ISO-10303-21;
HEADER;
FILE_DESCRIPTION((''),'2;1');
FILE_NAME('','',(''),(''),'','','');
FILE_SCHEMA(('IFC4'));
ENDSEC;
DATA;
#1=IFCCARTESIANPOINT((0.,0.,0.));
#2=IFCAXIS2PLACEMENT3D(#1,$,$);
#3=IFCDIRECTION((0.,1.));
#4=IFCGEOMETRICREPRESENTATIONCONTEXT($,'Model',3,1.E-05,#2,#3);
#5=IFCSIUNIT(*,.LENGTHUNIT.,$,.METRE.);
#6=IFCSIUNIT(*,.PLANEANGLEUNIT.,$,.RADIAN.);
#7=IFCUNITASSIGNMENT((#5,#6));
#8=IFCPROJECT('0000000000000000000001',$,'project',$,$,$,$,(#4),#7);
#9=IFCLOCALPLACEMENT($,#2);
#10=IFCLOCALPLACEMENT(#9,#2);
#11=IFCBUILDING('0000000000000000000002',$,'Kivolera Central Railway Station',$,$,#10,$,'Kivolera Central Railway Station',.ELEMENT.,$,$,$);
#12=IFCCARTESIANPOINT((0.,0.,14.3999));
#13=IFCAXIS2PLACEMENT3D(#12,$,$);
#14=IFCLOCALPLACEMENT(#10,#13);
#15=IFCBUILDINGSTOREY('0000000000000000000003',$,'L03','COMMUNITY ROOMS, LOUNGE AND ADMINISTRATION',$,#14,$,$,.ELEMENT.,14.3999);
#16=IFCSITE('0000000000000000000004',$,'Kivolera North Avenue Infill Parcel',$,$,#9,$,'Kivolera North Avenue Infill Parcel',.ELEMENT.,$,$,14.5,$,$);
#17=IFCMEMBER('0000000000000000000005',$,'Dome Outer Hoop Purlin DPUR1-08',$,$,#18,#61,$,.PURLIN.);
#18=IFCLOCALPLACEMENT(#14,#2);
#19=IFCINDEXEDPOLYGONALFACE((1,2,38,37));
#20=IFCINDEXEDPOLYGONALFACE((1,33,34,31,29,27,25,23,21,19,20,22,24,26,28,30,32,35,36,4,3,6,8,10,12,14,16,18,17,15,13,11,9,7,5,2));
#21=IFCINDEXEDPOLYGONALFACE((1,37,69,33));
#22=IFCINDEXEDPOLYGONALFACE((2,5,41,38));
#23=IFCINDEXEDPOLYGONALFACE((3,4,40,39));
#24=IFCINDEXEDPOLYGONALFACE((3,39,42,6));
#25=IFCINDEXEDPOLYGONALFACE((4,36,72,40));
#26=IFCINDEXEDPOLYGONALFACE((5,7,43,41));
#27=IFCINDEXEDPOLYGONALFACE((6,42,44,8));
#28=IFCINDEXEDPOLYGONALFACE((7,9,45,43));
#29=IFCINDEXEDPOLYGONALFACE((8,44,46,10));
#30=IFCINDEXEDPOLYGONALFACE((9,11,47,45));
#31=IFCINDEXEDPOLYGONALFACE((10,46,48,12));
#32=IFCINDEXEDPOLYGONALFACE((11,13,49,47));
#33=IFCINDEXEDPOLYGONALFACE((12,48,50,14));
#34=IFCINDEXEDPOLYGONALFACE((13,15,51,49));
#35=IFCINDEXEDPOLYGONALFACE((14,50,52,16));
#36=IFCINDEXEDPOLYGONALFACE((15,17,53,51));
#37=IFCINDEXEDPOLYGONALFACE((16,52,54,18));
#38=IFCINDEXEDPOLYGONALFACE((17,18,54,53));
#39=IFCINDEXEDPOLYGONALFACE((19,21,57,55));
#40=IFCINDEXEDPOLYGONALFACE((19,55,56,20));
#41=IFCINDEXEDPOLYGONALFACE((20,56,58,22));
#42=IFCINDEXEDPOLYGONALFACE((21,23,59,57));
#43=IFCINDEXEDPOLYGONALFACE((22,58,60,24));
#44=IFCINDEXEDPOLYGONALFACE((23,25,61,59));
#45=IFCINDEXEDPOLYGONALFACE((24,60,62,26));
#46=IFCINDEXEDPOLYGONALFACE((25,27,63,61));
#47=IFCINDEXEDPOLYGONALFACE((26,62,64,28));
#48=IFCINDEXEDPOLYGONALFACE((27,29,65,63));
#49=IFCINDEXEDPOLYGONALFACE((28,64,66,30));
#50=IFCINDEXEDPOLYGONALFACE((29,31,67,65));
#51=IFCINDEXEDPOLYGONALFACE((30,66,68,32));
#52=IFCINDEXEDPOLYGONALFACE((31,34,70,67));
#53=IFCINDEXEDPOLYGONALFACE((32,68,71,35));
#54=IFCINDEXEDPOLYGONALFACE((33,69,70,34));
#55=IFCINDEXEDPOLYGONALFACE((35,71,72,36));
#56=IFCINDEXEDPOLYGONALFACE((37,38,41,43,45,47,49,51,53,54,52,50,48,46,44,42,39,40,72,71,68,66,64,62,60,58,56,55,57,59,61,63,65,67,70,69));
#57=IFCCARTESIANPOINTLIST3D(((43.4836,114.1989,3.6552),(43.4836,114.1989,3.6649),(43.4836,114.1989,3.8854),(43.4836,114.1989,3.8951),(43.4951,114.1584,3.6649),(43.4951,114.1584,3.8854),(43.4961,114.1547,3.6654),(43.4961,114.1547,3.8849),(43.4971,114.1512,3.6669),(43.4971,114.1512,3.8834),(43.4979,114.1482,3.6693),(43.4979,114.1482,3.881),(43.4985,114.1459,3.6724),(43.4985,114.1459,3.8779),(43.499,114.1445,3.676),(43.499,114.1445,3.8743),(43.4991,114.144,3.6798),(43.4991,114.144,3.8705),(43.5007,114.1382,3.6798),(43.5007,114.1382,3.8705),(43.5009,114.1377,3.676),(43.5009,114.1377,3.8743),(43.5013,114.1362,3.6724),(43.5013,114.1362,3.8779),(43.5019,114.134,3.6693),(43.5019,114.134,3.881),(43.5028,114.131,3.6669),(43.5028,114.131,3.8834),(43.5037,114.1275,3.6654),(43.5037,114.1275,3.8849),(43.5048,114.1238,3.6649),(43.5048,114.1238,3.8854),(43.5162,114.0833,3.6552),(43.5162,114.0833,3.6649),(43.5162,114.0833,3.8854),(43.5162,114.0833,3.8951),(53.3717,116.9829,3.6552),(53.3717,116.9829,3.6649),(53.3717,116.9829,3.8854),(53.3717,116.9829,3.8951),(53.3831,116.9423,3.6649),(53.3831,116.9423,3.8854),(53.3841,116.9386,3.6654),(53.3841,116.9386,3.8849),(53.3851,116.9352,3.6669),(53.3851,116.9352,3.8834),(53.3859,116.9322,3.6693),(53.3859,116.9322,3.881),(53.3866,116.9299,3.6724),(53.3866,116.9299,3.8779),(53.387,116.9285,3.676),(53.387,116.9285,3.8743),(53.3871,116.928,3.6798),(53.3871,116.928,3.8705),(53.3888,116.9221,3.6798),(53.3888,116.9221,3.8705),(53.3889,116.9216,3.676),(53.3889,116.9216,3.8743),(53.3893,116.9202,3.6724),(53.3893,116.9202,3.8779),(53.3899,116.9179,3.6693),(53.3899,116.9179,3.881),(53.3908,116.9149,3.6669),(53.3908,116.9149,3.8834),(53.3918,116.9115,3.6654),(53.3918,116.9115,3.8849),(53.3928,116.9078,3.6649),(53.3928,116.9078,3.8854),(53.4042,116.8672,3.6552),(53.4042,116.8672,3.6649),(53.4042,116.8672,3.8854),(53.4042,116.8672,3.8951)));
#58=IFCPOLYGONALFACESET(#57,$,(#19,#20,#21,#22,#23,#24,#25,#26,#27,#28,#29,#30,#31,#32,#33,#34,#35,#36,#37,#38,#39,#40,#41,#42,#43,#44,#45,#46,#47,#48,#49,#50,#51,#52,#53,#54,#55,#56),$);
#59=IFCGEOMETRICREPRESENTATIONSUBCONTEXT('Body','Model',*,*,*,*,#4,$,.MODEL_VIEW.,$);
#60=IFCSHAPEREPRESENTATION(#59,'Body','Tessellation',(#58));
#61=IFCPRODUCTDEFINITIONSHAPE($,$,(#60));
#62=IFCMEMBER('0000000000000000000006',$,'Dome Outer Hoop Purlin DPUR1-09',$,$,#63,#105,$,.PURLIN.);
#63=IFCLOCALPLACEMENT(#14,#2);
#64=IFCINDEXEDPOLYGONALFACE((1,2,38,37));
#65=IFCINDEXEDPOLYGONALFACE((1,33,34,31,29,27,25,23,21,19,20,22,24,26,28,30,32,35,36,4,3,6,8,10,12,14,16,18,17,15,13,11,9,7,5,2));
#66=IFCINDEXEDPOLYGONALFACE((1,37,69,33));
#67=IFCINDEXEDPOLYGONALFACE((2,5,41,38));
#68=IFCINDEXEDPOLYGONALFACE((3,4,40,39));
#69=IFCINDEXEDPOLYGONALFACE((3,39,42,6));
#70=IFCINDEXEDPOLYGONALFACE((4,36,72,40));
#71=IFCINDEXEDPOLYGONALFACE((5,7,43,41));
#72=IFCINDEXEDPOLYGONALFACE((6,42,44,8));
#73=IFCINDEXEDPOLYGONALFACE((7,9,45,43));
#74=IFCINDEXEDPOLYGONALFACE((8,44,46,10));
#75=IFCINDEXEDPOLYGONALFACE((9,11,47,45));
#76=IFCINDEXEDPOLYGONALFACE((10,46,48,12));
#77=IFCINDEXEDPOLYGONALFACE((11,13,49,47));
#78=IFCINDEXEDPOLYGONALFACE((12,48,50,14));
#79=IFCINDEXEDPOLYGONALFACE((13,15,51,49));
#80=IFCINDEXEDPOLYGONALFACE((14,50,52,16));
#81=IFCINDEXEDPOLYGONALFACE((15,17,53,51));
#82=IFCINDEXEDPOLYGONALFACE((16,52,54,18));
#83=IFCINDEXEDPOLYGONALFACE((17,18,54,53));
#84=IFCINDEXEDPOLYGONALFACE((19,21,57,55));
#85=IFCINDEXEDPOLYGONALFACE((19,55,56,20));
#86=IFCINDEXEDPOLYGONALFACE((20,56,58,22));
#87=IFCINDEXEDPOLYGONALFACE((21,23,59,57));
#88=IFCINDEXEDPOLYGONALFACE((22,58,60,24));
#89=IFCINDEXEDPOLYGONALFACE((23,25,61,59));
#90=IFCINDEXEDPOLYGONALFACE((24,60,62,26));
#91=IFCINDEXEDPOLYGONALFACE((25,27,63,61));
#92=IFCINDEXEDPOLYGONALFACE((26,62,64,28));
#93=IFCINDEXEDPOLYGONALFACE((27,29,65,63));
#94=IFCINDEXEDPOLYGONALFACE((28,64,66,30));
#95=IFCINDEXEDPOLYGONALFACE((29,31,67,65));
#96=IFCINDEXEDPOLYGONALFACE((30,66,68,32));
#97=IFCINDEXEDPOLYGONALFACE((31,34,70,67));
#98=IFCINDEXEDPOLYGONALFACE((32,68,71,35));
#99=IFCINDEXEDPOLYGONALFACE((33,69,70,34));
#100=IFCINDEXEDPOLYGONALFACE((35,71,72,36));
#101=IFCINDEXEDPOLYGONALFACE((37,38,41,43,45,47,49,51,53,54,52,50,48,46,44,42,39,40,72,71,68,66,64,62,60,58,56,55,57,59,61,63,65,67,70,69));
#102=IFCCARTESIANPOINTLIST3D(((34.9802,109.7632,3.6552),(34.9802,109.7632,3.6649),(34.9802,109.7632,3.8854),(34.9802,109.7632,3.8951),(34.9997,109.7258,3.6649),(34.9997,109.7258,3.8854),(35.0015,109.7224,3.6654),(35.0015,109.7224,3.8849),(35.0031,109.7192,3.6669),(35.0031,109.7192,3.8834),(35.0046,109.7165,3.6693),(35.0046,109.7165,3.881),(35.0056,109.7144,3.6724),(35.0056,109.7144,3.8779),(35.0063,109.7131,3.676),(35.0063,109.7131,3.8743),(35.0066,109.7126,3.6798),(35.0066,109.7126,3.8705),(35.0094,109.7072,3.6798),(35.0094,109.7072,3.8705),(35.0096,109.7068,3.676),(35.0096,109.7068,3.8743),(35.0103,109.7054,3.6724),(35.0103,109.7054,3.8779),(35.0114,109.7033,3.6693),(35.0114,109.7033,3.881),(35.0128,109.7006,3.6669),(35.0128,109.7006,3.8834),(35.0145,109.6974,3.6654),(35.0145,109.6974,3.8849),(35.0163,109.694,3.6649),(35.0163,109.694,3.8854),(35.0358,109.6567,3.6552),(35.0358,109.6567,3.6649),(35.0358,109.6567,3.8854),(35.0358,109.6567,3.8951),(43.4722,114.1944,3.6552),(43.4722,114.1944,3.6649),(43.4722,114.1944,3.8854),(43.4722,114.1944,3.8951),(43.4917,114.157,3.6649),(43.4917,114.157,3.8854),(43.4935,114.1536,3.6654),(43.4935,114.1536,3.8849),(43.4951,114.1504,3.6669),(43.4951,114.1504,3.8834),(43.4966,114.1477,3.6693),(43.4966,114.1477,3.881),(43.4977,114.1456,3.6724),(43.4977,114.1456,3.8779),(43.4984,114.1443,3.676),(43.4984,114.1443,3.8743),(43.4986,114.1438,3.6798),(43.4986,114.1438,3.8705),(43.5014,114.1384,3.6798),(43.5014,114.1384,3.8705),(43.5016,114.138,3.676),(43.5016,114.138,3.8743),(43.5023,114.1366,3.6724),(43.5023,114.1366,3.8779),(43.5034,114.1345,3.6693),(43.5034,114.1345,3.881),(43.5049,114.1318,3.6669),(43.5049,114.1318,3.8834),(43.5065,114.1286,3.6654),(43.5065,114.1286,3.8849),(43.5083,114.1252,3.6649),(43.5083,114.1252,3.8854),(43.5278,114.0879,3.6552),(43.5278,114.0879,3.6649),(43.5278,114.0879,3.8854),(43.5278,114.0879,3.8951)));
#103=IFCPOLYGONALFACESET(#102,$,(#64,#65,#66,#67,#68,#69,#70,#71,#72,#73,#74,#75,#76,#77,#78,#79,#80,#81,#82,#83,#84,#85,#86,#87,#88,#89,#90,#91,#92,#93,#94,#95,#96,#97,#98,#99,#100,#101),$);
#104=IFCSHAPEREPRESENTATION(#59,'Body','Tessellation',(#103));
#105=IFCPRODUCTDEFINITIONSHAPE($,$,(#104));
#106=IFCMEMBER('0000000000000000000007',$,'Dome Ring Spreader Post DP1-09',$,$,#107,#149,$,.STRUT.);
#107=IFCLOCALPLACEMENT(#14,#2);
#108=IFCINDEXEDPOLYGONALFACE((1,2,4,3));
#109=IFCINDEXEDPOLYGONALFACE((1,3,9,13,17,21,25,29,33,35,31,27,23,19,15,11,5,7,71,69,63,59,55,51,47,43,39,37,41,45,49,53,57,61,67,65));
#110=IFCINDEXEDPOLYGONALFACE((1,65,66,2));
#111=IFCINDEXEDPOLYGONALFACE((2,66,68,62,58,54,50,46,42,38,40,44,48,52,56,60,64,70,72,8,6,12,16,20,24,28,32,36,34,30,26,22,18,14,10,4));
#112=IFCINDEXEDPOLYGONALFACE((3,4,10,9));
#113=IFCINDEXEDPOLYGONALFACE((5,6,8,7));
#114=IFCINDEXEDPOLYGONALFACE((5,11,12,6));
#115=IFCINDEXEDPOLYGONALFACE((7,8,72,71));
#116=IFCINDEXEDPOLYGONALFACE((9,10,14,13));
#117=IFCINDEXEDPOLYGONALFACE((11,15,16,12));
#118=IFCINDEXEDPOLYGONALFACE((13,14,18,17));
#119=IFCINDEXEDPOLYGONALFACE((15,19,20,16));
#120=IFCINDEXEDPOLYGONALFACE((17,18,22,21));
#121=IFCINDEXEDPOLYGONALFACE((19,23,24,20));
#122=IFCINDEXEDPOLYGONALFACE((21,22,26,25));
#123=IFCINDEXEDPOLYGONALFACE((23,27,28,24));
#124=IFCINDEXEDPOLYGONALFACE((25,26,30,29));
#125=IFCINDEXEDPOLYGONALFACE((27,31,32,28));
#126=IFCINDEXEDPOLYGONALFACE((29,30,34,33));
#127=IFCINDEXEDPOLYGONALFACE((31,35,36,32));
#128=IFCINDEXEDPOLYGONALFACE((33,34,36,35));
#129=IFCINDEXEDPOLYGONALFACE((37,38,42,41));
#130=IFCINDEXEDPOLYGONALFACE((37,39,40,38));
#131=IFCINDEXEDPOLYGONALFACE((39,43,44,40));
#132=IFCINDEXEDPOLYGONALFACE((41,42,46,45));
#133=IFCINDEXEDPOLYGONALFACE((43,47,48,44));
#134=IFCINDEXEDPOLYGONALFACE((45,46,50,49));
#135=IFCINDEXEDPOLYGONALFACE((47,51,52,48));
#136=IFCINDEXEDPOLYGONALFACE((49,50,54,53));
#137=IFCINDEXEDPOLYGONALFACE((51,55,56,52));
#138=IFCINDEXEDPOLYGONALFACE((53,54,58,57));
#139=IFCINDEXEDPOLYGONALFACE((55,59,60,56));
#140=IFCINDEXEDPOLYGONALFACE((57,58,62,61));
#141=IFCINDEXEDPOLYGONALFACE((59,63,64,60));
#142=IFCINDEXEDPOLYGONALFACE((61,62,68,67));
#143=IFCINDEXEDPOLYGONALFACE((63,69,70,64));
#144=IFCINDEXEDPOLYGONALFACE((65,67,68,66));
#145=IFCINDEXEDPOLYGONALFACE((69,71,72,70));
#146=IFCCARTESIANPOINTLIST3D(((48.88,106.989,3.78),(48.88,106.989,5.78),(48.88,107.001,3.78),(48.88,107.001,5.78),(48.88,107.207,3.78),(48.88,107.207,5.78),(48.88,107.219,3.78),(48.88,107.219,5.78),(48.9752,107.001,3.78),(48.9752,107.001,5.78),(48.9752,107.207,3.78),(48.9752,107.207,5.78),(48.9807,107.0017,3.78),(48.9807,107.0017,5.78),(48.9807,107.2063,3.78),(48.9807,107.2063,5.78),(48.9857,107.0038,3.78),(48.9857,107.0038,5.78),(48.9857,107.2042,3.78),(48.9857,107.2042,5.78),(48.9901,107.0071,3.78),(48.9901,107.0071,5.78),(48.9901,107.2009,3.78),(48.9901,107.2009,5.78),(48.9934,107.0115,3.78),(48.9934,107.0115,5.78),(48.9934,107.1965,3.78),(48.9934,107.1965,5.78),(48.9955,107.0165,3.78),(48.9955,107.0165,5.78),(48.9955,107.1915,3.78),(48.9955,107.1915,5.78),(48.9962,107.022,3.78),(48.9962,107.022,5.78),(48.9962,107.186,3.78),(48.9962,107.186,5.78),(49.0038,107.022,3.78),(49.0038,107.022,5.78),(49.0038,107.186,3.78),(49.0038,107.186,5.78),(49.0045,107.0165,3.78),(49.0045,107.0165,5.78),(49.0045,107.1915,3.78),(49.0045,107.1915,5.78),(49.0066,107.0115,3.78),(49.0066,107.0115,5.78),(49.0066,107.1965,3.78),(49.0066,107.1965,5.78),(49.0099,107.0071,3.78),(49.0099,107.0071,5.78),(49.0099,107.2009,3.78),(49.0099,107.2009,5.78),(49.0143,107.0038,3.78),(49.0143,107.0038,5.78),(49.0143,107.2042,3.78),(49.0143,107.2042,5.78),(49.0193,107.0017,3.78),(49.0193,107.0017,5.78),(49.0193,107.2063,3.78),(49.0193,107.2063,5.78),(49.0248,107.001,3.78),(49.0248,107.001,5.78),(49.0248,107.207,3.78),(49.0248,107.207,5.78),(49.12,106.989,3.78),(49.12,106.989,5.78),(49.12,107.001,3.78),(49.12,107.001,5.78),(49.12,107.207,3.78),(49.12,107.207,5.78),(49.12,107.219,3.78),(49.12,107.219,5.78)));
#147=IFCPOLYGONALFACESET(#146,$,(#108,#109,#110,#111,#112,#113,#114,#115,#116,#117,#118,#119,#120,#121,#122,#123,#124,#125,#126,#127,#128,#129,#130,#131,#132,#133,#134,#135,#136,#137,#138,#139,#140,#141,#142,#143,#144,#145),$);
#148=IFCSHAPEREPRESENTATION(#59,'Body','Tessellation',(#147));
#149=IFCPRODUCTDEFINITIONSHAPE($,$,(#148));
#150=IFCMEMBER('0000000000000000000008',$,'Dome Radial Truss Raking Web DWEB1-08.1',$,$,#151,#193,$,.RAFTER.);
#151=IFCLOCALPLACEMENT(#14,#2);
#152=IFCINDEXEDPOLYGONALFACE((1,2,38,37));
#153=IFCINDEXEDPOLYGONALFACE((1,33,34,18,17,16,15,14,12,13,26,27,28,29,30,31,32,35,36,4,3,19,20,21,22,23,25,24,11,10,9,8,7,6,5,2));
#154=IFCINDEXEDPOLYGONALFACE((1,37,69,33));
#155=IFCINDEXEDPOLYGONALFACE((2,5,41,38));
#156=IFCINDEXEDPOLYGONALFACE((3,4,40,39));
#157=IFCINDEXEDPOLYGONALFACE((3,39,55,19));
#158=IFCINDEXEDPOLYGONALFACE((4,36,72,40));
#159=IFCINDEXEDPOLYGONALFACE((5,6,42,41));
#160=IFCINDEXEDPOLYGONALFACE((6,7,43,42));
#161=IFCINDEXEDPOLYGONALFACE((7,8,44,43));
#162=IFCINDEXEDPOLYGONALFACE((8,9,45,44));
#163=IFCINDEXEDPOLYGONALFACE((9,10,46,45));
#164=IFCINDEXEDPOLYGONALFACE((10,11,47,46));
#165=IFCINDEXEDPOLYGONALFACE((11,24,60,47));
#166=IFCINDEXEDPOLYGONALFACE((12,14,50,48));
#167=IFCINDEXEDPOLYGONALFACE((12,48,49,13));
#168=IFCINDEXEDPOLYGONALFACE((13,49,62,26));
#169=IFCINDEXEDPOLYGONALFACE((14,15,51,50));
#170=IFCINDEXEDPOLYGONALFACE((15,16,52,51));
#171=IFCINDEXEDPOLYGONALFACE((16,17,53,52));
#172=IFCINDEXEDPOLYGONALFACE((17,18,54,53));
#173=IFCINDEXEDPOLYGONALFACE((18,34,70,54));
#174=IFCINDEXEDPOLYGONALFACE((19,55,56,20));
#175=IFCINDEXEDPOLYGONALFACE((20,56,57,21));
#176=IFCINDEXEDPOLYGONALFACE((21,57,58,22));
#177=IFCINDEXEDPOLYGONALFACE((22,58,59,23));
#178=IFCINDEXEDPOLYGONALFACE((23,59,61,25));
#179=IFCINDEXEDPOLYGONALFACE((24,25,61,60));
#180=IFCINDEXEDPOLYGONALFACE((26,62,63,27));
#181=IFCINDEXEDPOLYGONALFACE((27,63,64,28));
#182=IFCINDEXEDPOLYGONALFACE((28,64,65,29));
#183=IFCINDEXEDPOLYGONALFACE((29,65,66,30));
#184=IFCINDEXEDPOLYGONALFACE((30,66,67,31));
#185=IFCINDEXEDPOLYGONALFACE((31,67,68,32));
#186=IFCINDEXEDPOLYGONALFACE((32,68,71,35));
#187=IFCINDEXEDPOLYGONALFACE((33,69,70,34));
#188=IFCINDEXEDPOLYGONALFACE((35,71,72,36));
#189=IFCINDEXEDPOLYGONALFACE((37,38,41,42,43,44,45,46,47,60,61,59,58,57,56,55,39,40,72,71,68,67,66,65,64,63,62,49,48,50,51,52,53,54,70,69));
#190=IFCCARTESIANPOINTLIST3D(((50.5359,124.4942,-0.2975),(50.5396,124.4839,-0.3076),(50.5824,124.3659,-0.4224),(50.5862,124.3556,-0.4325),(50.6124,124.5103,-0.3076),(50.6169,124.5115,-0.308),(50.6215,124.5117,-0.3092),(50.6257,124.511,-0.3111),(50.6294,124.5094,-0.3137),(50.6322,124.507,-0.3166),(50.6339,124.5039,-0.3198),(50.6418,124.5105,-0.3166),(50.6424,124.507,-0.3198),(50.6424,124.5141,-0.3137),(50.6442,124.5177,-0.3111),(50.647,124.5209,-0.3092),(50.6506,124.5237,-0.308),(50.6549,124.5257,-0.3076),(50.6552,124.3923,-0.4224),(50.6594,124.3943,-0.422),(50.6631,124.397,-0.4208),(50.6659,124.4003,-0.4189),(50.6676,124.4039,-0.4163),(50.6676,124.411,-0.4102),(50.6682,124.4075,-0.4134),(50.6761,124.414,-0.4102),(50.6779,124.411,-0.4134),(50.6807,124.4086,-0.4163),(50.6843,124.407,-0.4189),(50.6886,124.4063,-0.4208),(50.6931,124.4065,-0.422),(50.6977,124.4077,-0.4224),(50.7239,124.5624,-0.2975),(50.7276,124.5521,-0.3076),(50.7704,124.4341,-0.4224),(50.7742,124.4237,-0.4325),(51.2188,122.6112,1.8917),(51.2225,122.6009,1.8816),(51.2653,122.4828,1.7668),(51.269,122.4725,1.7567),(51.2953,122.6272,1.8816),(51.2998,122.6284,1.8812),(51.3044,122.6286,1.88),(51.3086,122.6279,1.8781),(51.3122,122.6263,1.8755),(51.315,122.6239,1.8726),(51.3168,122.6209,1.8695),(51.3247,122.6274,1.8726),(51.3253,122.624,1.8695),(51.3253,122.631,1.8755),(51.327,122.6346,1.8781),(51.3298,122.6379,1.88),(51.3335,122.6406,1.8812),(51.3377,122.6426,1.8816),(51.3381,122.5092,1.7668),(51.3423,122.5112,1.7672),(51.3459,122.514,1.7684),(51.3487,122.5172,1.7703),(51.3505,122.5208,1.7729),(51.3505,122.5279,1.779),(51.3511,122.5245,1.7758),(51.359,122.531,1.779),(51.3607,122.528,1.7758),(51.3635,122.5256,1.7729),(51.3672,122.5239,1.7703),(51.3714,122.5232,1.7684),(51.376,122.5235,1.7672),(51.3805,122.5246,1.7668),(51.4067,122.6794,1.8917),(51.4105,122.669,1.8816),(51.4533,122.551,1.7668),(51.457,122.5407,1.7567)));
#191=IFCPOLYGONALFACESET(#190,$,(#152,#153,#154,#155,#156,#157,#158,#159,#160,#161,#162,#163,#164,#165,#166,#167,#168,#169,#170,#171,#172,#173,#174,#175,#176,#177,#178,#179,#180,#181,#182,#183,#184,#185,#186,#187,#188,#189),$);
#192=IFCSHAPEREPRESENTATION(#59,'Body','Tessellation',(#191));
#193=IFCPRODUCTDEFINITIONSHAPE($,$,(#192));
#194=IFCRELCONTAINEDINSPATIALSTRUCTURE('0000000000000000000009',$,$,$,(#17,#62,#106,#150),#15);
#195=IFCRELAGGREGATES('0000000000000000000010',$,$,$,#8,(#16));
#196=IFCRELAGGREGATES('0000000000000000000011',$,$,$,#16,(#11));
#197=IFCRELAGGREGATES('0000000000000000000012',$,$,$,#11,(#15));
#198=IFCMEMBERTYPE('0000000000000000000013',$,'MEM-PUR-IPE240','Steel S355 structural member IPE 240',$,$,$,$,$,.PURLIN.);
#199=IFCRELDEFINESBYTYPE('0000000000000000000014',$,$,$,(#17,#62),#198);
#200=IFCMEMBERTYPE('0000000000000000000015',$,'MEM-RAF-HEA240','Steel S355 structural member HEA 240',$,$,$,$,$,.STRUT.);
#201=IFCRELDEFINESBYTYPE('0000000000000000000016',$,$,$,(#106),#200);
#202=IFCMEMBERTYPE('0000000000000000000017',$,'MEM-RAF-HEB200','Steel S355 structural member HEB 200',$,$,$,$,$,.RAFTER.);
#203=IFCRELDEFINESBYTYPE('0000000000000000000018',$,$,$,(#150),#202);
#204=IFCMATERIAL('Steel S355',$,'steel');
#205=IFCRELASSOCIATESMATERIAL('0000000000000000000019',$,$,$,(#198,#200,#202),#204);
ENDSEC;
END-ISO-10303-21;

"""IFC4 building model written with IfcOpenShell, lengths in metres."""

from ifc_helpers import new_model, si_unit, direction, frame, origin, origin_2d, place, context, subcontext, project, spatial, i_section, extrude, material, material_profile, profile_set, type_object, element, save


model = new_model("IFC4")

# Units and contexts
model_context = context("Model", 3, precision=1e-05, world=origin(), true_north=direction((0.0, 1.0)))
body_context = subcontext(model_context, "Body", "Model", "MODEL_VIEW")
ifc_project = project(units=[si_unit("LENGTHUNIT", "METRE"), si_unit("PLANEANGLEUNIT", "RADIAN")], contexts=[model_context])

# Site, building, storey
site_placement = place(None, origin())
site = spatial("IfcSite", under=ifc_project, at=site_placement, Name="Kivolera North Avenue Infill Parcel", LongName="Kivolera North Avenue Infill Parcel", CompositionType="ELEMENT", RefElevation=14.5)
building_placement = place(site_placement, origin())
building = spatial("IfcBuilding", under=site, at=building_placement, Name="Kivolera Central Railway Station", LongName="Kivolera Central Railway Station", CompositionType="ELEMENT")
storey_placement = place(building_placement, frame((0.0, 0.0, 14.3999)))
storey = spatial("IfcBuildingStorey", under=building, at=storey_placement, Name="L03", Description="COMMUNITY ROOMS, LOUNGE AND ADMINISTRATION", CompositionType="ELEMENT", Elevation=14.3999)

# Shared definitions
ifc_material_1 = material(Name="Steel S355", Category="steel")

# Members
ifc_material_profile_1 = material_profile(ifc_material_1, i_section(OverallWidth=0.1201, OverallDepth=0.24, WebThickness=0.0061, FlangeThickness=0.0098, FilletRadius=0.0149, at=origin_2d()), Name="IPE 240")
ifc_profile_set_1 = profile_set([ifc_material_profile_1], Name="Steel S355")
member_type_1 = type_object("IfcMemberType", Name="MEM-PUR-IPE240", Description="Steel S355 structural member IPE 240", PredefinedType="PURLIN", material=ifc_profile_set_1)
member_1_placement = place(storey_placement, frame((53.3879, 116.925, 3.7751), z_axis=(-0.962576, -0.271012, 0.0), x_axis=(0.271012, -0.962576, 0.0)))
element("IfcMember", 1, at=member_1_placement, inside=storey, type_object=member_type_1, Name="Dome Outer Hoop Purlin DPUR1-08", PredefinedType="PURLIN", context=body_context, shape_type="SweptSolid", body=[
    extrude(i_section(OverallWidth=0.1201, OverallDepth=0.24, WebThickness=0.0061, FlangeThickness=0.0098, FilletRadius=0.0149, at=origin_2d()), origin(), (0.0, 0.0, 1.0), 10.2725),
])
member_2_placement = place(storey_placement, frame((43.5, 114.1411, 3.7751), z_axis=(-0.88656, -0.462613, 0.0), x_axis=(0.462613, -0.88656, 0.0)))
element("IfcMember", 2, at=member_2_placement, inside=storey, type_object=member_type_1, Name="Dome Outer Hoop Purlin DPUR1-09", PredefinedType="PURLIN", context=body_context, shape_type="SweptSolid", body=[
    extrude(i_section(OverallWidth=0.1201, OverallDepth=0.24, WebThickness=0.0061, FlangeThickness=0.0098, FilletRadius=0.0149, at=origin_2d()), origin(), (0.0, 0.0, 1.0), 9.5786),
])
ifc_material_profile_2 = material_profile(ifc_material_1, i_section(OverallWidth=0.24, OverallDepth=0.23, WebThickness=0.0076, FlangeThickness=0.012, FilletRadius=0.021, at=origin_2d()), Name="HEA 240")
ifc_profile_set_2 = profile_set([ifc_material_profile_2], Name="Steel S355")
member_type_2 = type_object("IfcMemberType", Name="MEM-RAF-HEA240", Description="Steel S355 structural member HEA 240", PredefinedType="STRUT", material=ifc_profile_set_2)
member_3_placement = place(storey_placement, frame((49.0, 107.104, 3.78), z_axis=(0.0, 0.0, 1.0), x_axis=(1.0, 0.0, 0.0)))
element("IfcMember", 3, at=member_3_placement, inside=storey, type_object=member_type_2, Name="Dome Ring Spreader Post DP1-09", PredefinedType="STRUT", context=body_context, shape_type="SweptSolid", body=[
    extrude(i_section(OverallWidth=0.24, OverallDepth=0.23, WebThickness=0.0076, FlangeThickness=0.012, FilletRadius=0.021, at=origin_2d()), origin(), (0.0, 0.0, 1.0), 2.0),
])
ifc_material_profile_3 = material_profile(ifc_material_1, i_section(OverallWidth=0.2, OverallDepth=0.2, WebThickness=0.009, FlangeThickness=0.0149, FilletRadius=0.0181, at=origin_2d()), Name="HEB 200")
ifc_profile_set_3 = profile_set([ifc_material_profile_3], Name="Steel S355")
member_type_3 = type_object("IfcMemberType", Name="MEM-RAF-HEB200", Description="Steel S355 structural member HEB 200", PredefinedType="RAFTER", material=ifc_profile_set_3)
member_4_placement = place(storey_placement, frame((50.655, 124.459, -0.365), z_axis=(0.230129, -0.634604, 0.737779), x_axis=(0.940096, 0.340911, 0.0)))
element("IfcMember", 4, at=member_4_placement, inside=storey, type_object=member_type_3, Name="Dome Radial Truss Raking Web DWEB1-08.1", PredefinedType="RAFTER", context=body_context, shape_type="SweptSolid", body=[
    extrude(i_section(OverallWidth=0.2, OverallDepth=0.2, WebThickness=0.009, FlangeThickness=0.0149, FilletRadius=0.0181, at=origin_2d()), origin(), (0.0, 0.0, 1.0), 2.9673),
])

save(model, "model.ifc")
